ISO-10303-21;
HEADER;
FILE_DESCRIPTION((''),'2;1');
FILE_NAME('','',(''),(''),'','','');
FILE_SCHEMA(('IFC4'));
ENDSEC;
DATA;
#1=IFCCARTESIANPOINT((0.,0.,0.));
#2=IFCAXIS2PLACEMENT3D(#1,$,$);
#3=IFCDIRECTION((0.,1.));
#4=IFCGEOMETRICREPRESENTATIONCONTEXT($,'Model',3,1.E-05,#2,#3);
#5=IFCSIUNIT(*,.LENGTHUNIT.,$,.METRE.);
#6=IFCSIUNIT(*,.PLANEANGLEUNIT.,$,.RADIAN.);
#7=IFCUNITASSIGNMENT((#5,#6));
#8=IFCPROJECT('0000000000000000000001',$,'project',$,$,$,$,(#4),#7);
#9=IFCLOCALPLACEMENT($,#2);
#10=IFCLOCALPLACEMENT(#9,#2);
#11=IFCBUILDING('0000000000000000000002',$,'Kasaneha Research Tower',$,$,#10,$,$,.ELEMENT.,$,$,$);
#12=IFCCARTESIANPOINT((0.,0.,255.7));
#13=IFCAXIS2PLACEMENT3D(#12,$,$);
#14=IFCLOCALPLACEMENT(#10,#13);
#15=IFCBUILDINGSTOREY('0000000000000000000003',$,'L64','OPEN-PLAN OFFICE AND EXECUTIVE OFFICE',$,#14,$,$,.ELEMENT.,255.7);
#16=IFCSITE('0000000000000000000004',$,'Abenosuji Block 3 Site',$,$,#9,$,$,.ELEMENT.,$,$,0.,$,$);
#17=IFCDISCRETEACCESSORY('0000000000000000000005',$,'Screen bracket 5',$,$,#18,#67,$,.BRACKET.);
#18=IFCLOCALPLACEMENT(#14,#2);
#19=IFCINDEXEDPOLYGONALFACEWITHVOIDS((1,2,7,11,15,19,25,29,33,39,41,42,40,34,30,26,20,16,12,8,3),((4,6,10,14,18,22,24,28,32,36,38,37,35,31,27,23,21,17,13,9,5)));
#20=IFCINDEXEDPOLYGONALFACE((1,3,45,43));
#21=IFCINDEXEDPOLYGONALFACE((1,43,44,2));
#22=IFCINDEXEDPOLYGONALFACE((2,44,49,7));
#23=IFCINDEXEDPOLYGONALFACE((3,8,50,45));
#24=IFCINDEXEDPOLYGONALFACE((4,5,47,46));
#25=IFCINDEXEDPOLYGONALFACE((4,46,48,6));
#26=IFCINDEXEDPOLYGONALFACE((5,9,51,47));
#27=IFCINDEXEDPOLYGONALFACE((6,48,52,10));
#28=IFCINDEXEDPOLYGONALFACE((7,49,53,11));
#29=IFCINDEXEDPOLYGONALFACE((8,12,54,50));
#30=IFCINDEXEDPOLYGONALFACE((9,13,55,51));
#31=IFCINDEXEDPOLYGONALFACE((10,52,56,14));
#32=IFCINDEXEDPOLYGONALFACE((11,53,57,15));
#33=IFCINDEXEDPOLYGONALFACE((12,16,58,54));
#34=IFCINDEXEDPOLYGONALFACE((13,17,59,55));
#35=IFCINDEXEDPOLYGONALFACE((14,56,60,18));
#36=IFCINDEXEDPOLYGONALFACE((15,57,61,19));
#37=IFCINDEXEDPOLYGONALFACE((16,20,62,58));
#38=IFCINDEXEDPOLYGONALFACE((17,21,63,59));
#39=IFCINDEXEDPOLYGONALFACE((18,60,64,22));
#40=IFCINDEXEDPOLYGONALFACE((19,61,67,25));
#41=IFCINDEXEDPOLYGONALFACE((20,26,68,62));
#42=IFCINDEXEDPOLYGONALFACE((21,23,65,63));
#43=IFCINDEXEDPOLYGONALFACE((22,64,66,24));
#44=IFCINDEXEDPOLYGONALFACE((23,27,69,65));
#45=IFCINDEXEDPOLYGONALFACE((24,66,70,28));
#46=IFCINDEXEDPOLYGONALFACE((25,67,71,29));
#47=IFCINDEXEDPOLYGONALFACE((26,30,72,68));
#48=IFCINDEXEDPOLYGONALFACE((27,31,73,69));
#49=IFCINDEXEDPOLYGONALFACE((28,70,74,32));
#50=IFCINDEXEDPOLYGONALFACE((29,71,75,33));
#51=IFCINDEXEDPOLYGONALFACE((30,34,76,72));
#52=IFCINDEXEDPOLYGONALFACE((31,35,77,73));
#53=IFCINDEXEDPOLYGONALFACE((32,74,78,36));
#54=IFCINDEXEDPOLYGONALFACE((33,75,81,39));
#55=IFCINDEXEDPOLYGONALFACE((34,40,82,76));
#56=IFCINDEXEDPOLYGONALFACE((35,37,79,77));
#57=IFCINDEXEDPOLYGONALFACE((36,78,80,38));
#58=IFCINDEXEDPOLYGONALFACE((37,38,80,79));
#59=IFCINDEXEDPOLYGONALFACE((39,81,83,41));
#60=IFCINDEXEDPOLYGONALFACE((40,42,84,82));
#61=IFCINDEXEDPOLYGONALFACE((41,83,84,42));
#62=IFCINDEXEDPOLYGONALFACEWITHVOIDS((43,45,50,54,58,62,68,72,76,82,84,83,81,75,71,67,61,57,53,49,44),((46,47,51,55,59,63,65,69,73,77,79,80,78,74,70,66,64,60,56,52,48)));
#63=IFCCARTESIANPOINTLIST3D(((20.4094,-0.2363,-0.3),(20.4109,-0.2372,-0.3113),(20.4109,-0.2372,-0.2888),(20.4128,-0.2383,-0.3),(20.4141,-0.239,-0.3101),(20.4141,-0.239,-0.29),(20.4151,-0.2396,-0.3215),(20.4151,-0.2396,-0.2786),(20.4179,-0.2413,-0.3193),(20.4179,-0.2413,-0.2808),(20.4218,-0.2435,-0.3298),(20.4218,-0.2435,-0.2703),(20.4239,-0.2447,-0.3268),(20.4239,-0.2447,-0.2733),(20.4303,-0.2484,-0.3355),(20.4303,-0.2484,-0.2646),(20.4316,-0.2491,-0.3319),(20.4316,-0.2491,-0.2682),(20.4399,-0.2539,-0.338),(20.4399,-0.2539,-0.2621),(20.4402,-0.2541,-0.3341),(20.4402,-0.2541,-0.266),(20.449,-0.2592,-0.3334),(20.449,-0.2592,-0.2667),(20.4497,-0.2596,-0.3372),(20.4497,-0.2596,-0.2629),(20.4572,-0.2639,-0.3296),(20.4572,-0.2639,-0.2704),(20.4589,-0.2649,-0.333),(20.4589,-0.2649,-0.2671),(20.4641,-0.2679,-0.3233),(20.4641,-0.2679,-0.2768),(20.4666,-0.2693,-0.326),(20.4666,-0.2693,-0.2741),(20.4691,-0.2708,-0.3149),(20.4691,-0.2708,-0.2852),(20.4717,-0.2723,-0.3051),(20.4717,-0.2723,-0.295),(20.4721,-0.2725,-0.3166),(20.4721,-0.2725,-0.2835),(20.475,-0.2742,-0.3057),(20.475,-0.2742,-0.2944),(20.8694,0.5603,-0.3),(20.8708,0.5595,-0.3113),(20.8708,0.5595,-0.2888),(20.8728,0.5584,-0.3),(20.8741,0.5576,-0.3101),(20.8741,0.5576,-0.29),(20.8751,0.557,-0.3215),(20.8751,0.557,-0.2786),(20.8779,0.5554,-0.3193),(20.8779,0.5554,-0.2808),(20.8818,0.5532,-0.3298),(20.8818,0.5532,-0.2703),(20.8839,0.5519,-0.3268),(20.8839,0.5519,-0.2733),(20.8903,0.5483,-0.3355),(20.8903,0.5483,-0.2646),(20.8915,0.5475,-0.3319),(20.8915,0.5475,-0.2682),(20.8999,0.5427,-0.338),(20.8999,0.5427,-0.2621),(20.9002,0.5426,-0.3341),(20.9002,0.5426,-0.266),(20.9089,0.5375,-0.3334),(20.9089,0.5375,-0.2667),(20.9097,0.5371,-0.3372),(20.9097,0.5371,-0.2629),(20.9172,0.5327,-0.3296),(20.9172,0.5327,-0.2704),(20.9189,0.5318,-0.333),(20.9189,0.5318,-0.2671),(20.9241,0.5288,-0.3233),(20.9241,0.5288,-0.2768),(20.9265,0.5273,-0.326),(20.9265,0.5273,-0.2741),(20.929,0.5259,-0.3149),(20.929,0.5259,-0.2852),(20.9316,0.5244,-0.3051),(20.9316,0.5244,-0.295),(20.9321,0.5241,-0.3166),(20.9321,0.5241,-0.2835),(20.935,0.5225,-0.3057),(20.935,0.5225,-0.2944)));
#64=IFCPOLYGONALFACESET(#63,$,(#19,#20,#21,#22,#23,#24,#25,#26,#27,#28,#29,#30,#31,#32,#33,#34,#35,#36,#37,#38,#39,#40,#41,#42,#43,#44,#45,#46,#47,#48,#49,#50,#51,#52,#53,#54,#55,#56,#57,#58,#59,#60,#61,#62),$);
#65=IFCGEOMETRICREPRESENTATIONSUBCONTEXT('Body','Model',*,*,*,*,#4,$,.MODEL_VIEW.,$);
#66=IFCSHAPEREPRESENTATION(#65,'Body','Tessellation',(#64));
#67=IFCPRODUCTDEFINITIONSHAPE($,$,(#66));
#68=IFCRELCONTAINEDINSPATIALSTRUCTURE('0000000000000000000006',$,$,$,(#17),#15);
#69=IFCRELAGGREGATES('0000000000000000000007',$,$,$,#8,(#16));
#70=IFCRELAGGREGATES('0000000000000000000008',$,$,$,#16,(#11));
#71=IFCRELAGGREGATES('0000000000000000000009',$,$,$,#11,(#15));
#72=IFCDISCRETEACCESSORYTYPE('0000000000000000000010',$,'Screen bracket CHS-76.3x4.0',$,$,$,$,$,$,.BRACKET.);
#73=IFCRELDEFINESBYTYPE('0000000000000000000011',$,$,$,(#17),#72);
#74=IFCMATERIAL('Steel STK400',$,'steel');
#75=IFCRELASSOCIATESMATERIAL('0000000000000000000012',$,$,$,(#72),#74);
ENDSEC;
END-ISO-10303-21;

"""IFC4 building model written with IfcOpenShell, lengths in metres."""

from ifc_helpers import new_model, si_unit, direction, frame, origin, origin_2d, place, context, subcontext, project, spatial, hollow_circle, extrude, material, material_profile, profile_set, type_object, element, save


model = new_model("IFC4")

# Units and contexts
model_context = context("Model", 3, precision=1e-05, world=origin(), true_north=direction((0.0, 1.0)))
body_context = subcontext(model_context, "Body", "Model", "MODEL_VIEW")
ifc_project = project(units=[si_unit("LENGTHUNIT", "METRE"), si_unit("PLANEANGLEUNIT", "RADIAN")], contexts=[model_context])

# Site, building, storey
site_placement = place(None, origin())
site = spatial("IfcSite", under=ifc_project, at=site_placement, Name="Abenosuji Block 3 Site", CompositionType="ELEMENT", RefElevation=0.0)
building_placement = place(site_placement, origin())
building = spatial("IfcBuilding", under=site, at=building_placement, Name="Kasaneha Research Tower", CompositionType="ELEMENT")
storey_placement = place(building_placement, frame((0.0, 0.0, 255.7)))
storey = spatial("IfcBuildingStorey", under=building, at=storey_placement, Name="L64", Description="OPEN-PLAN OFFICE AND EXECUTIVE OFFICE", CompositionType="ELEMENT", Elevation=255.7)

# Discrete accessory
ifc_material_1 = material(Name="Steel STK400", Category="steel")
ifc_material_profile_1 = material_profile(ifc_material_1, hollow_circle(Radius=0.0381, WallThickness=0.0039, at=origin_2d()), Name="CHS-76.3x4.0")
ifc_profile_set_1 = profile_set([ifc_material_profile_1], Name="Steel STK400")
discrete_accessory_type = type_object("IfcDiscreteAccessoryType", Name="Screen bracket CHS-76.3x4.0", PredefinedType="BRACKET", material=ifc_profile_set_1)
discrete_accessory_1_placement = place(storey_placement, frame((20.4424, -0.2554, -0.3), z_axis=(0.500021, 0.866013, 0.0), x_axis=(-0.866013, 0.500021, 0.0)))
element("IfcDiscreteAccessory", 1, at=discrete_accessory_1_placement, inside=storey, type_object=discrete_accessory_type, Name="Screen bracket 5", PredefinedType="BRACKET", context=body_context, shape_type="SweptSolid", body=[
    extrude(hollow_circle(Radius=0.0381, WallThickness=0.0039, at=origin_2d()), origin(), (0.0, 0.0, 1.0), 0.9199),
])

save(model, "model.ifc")
